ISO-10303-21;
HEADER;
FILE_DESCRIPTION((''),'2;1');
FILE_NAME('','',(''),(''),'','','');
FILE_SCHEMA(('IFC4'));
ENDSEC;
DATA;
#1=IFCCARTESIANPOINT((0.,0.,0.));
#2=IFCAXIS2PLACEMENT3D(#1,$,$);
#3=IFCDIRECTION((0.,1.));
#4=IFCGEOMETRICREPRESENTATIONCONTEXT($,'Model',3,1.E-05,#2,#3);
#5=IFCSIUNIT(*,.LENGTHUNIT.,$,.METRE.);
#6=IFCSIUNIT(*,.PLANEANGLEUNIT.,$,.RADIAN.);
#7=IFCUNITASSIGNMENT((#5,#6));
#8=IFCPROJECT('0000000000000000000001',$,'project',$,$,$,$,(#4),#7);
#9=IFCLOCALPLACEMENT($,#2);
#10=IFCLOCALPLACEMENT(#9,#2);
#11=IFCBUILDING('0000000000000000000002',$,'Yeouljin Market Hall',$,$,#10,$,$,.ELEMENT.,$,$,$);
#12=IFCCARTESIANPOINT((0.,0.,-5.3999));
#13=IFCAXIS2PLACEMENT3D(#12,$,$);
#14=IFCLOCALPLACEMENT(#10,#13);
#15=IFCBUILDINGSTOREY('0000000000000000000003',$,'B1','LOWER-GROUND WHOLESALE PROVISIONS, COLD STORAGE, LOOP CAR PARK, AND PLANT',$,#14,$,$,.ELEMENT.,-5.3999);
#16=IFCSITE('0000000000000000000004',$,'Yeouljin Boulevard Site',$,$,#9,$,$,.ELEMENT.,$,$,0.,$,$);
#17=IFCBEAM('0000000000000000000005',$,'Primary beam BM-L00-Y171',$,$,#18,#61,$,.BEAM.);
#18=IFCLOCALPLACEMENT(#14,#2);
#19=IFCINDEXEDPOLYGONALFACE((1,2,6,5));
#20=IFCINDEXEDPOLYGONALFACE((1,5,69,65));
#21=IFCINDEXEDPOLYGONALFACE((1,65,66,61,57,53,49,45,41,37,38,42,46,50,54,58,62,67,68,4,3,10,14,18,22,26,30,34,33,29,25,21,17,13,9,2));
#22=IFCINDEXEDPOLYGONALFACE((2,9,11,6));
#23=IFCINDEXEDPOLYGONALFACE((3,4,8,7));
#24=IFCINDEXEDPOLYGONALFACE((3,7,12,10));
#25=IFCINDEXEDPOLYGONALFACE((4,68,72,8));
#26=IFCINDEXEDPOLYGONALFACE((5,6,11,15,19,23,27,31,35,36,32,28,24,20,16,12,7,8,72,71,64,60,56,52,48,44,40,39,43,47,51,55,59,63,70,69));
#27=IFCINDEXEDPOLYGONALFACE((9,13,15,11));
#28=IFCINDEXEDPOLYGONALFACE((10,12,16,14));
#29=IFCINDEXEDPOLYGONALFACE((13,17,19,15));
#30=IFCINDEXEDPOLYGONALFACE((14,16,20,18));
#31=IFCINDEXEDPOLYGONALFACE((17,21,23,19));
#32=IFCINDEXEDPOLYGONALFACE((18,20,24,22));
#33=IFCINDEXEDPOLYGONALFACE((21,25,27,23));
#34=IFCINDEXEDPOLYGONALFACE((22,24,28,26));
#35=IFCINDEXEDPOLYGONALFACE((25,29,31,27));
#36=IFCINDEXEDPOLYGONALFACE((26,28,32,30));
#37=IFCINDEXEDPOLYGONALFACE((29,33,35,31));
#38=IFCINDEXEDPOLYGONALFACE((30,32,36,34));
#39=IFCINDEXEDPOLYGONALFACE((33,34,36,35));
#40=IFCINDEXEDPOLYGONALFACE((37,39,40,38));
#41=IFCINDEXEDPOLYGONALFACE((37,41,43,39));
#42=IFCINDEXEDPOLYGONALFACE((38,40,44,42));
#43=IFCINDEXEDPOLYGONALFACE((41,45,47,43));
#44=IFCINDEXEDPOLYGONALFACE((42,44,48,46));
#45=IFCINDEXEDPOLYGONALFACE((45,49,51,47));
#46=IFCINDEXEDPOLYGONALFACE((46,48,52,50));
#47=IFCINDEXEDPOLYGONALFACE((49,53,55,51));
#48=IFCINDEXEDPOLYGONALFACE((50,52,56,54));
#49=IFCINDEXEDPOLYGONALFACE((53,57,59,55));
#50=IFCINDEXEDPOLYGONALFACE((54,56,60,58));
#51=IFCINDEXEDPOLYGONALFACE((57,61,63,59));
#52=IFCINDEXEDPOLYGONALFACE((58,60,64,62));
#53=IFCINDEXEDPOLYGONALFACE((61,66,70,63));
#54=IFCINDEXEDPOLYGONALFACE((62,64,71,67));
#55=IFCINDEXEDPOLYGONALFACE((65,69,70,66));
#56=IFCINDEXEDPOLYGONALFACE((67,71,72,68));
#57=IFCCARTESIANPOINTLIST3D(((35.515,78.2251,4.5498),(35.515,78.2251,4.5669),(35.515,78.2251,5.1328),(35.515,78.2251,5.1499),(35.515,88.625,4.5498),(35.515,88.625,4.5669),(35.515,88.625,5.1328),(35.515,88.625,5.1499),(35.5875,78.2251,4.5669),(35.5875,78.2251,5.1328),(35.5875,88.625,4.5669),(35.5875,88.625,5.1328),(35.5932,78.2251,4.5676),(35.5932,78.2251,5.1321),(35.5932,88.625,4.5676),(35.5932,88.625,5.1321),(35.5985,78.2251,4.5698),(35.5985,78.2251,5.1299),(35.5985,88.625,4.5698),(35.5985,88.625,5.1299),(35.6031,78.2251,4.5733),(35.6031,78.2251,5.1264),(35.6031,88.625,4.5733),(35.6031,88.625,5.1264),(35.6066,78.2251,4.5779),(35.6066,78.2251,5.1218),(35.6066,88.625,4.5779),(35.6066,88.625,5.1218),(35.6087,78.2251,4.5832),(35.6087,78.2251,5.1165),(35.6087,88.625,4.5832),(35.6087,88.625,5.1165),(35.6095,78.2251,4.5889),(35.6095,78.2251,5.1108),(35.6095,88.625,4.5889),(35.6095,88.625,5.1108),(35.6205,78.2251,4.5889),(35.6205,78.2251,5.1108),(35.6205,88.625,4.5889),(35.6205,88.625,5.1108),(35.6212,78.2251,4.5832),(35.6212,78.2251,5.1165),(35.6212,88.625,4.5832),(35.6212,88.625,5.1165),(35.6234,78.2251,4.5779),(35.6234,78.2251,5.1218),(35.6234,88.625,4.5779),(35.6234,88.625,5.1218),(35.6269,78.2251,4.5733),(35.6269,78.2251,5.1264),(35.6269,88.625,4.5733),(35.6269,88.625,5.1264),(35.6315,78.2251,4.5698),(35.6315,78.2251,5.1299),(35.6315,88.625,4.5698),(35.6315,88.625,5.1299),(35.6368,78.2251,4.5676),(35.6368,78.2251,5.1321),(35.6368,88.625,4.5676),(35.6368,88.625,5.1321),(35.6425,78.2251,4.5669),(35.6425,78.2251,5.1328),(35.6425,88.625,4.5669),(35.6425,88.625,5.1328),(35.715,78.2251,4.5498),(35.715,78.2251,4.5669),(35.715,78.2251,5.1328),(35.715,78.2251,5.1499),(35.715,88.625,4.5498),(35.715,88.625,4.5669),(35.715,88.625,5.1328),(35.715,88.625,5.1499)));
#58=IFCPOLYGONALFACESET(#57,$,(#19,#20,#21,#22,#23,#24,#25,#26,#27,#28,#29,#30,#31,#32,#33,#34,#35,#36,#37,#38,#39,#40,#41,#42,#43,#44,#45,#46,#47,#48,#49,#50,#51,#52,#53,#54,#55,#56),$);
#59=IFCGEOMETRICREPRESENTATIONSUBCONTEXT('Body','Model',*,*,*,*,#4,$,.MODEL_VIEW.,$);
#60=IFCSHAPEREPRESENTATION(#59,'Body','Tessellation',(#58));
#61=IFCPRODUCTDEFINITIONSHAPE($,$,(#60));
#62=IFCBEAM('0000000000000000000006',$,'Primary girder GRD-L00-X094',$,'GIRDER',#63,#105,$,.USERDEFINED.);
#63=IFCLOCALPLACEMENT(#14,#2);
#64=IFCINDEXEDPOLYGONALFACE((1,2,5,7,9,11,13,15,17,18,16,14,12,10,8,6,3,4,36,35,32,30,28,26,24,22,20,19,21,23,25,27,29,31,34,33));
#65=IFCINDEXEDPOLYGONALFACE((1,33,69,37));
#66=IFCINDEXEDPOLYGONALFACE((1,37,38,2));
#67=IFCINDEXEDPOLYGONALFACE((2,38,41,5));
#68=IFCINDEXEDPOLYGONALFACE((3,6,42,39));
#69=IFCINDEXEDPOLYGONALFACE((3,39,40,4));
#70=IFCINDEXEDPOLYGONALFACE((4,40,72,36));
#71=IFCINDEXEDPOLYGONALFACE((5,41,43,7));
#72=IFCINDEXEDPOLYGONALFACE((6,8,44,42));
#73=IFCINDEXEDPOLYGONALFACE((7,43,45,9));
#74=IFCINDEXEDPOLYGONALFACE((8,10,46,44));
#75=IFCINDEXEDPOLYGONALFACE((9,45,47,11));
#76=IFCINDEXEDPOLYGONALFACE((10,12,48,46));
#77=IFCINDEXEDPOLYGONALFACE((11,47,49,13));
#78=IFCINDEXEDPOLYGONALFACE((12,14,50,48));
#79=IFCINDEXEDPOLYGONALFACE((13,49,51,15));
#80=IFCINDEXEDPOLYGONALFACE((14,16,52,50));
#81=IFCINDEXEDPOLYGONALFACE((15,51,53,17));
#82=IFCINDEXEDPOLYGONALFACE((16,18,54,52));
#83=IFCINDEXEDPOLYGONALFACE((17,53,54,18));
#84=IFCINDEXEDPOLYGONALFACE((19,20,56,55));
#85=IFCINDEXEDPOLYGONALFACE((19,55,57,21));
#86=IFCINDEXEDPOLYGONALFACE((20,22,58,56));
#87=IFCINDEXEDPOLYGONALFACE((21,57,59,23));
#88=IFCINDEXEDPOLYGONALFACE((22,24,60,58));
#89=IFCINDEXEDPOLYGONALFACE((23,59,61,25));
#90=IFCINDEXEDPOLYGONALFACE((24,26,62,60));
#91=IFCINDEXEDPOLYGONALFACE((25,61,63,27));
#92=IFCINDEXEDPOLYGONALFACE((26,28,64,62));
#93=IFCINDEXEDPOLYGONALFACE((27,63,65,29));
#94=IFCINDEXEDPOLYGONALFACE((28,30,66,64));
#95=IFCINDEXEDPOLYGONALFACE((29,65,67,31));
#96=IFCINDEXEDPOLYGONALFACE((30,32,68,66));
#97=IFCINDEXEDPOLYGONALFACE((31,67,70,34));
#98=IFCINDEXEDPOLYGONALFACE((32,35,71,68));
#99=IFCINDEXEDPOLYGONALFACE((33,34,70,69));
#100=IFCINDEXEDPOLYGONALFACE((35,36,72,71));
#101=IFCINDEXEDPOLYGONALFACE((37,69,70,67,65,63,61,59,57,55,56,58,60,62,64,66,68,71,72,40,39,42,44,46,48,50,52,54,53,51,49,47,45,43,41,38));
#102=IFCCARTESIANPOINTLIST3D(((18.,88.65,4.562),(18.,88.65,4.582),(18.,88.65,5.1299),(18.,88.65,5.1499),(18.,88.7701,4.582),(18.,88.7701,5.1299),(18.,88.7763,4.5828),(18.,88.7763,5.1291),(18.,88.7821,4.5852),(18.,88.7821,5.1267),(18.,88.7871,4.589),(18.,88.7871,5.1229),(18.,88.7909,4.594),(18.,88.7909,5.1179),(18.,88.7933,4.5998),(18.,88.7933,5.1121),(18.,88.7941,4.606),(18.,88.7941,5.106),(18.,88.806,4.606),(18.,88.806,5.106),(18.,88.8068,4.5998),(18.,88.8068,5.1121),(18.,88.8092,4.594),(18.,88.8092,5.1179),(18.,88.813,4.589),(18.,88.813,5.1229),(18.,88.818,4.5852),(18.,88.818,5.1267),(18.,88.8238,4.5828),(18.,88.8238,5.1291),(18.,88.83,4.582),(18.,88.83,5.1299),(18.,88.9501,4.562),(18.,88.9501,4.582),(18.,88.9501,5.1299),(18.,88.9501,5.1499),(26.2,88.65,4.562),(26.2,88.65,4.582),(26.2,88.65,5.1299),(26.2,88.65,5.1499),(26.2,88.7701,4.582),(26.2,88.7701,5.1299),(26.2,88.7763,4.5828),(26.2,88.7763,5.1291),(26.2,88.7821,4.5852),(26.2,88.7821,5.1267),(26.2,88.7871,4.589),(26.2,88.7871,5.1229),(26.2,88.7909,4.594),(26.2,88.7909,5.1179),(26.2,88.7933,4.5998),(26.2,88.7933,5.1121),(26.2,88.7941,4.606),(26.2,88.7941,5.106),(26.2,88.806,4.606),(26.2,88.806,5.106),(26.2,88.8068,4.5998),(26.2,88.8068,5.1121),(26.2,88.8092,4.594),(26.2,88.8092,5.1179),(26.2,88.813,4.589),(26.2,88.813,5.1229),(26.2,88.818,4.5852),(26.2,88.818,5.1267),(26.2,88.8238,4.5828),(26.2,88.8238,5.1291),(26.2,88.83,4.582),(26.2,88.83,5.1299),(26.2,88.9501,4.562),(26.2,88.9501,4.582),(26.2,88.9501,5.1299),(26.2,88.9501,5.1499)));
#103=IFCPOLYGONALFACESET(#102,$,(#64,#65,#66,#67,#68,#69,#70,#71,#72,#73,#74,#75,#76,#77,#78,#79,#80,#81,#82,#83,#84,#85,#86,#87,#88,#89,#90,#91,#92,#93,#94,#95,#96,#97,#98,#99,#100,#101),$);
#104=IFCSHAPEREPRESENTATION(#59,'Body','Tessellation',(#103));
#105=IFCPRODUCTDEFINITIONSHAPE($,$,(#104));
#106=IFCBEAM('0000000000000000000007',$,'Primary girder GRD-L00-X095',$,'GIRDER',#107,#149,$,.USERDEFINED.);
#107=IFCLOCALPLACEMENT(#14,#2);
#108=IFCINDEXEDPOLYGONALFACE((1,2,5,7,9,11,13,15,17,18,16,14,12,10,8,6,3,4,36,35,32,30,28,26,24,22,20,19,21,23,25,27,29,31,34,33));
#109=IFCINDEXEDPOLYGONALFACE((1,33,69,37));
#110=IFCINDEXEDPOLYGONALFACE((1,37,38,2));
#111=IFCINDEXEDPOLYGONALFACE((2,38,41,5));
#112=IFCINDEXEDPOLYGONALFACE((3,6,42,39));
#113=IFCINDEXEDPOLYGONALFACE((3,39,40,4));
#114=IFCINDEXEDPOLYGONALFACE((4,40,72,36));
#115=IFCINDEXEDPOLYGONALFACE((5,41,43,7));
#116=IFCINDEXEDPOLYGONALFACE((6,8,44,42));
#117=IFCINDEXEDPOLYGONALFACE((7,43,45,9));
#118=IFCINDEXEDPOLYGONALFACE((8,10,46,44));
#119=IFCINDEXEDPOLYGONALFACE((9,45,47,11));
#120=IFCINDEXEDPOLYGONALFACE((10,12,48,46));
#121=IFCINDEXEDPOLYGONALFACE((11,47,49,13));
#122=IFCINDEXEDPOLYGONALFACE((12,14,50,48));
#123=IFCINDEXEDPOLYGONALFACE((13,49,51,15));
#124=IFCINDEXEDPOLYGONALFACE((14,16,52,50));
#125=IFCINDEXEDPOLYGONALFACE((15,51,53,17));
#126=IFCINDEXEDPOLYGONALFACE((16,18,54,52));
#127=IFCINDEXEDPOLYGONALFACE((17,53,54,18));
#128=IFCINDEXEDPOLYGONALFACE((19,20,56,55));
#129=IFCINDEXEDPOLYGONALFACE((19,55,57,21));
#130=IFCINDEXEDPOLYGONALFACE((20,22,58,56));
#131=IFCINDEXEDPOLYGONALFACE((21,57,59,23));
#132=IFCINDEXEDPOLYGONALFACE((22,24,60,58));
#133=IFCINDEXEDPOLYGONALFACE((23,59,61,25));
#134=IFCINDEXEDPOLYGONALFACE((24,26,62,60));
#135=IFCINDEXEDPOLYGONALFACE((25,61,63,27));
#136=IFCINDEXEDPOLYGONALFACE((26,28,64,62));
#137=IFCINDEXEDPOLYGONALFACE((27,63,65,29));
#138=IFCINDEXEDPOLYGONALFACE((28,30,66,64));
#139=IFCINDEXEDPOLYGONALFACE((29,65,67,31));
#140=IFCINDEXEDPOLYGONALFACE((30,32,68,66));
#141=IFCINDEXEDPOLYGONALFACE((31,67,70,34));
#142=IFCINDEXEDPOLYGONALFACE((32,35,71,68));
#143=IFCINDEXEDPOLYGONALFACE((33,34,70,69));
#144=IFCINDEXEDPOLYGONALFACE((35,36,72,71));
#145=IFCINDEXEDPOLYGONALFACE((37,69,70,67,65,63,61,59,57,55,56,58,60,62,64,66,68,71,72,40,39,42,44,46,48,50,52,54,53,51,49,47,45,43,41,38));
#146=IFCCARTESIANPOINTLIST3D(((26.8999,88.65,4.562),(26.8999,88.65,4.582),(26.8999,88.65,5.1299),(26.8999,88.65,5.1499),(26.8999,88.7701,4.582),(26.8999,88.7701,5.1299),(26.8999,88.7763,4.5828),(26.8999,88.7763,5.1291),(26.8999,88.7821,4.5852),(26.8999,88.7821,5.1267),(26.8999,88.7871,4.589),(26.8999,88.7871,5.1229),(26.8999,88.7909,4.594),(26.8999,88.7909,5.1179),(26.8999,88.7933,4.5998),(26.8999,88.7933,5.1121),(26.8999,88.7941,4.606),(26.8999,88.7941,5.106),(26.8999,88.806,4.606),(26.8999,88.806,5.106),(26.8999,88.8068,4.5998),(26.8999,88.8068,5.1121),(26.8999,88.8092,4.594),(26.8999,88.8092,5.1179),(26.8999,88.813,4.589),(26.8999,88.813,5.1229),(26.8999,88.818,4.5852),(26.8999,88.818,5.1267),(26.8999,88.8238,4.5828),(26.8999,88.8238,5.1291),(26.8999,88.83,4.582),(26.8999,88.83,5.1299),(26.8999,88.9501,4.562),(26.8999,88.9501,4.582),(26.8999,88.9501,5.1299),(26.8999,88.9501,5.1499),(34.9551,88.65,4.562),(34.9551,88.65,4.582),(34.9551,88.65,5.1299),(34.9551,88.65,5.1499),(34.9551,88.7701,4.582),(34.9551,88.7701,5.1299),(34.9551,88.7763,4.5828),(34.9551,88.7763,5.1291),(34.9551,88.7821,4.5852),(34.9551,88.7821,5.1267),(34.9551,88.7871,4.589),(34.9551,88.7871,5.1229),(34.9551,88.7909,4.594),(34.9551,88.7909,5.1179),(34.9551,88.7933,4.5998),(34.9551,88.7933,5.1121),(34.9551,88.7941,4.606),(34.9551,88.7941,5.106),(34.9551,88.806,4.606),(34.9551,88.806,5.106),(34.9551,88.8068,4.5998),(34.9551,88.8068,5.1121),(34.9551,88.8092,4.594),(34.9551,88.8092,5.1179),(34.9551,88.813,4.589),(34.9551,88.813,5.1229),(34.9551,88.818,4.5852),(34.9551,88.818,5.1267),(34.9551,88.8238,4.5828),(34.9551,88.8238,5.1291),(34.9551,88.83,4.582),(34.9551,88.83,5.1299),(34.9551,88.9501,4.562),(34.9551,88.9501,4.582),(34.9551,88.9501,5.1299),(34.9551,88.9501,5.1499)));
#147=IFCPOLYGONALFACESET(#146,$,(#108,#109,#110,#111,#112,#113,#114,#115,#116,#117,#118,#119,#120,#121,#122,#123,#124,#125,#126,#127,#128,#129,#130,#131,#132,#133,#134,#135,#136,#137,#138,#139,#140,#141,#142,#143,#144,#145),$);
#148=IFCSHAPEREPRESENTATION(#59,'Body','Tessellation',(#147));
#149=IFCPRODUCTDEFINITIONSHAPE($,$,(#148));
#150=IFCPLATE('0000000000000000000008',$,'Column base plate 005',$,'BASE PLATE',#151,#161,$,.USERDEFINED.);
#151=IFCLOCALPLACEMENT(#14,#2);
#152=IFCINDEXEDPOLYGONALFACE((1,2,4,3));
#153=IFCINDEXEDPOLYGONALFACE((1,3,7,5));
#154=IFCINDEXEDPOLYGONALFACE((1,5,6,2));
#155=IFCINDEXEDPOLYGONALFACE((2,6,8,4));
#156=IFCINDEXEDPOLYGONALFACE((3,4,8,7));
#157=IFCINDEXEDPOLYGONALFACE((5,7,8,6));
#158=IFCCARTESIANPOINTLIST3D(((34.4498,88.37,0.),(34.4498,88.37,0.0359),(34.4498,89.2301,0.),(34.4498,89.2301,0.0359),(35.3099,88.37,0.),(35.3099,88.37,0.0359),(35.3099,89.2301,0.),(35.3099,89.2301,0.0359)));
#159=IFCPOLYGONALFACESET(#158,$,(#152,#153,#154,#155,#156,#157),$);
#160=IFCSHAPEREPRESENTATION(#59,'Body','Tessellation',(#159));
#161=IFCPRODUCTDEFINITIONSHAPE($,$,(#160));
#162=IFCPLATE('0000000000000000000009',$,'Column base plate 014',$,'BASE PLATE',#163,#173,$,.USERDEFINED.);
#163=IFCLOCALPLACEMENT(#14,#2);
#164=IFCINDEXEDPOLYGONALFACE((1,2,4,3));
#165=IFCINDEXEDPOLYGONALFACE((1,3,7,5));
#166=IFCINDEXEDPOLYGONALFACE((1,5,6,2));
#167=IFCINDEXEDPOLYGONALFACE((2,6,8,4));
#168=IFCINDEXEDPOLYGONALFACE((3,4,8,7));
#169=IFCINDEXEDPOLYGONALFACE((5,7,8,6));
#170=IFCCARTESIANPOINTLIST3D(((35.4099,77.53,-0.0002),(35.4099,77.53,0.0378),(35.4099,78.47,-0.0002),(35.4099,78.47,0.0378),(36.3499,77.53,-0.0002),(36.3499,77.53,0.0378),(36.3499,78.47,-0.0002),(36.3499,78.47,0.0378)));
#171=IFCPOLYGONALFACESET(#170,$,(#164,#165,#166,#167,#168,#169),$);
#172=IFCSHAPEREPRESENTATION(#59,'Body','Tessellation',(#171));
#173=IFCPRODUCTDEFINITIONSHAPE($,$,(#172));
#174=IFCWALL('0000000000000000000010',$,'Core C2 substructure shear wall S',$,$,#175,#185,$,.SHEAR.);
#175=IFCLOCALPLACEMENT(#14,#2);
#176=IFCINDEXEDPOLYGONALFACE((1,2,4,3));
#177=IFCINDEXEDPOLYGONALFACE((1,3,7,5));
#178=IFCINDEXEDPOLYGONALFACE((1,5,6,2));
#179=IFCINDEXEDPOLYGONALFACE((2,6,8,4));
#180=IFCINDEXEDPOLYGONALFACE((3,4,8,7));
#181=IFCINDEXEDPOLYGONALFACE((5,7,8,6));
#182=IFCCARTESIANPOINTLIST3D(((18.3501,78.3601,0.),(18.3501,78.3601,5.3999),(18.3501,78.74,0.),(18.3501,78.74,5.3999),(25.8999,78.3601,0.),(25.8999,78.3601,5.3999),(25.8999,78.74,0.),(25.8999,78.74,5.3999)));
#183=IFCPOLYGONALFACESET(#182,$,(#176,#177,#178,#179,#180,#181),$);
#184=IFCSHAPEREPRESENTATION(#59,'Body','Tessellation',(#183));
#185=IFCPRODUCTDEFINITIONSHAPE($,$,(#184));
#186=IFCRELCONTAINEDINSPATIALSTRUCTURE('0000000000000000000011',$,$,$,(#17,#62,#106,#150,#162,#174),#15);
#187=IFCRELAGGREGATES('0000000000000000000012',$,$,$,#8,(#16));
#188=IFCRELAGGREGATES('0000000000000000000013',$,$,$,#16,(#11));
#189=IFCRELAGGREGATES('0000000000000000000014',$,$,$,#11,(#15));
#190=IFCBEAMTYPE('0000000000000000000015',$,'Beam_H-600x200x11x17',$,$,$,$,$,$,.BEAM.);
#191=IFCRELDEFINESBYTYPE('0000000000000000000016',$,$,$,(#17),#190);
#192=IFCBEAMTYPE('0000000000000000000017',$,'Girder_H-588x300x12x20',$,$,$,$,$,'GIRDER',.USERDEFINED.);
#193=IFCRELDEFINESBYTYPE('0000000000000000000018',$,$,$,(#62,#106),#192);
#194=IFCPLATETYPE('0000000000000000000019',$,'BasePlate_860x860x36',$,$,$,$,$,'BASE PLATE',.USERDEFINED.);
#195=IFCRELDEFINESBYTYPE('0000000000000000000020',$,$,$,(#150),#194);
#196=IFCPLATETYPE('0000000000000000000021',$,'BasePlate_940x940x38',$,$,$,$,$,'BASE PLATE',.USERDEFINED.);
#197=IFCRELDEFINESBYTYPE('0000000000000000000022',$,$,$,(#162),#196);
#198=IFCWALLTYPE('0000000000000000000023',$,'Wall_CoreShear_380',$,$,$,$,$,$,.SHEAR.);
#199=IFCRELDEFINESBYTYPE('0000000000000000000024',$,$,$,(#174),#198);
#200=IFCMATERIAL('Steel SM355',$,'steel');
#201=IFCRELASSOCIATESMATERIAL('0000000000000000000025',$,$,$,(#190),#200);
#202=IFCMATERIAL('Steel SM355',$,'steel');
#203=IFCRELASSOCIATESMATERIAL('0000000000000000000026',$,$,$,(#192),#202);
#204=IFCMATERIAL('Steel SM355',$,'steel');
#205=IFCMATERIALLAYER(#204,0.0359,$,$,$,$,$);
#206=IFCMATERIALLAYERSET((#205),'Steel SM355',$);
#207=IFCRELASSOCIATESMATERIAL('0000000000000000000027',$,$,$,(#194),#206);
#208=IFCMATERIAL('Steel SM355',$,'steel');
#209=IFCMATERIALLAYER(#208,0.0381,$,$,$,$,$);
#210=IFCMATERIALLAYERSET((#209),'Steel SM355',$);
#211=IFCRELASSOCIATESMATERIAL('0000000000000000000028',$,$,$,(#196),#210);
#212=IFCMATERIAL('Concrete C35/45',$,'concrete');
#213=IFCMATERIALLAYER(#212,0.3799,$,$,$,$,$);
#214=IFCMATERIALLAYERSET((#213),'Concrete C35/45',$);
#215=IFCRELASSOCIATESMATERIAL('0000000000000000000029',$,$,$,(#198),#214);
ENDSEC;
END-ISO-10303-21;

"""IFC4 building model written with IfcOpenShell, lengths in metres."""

from ifc_helpers import new_model, si_unit, direction, frame, frame_2d, origin, origin_2d, place, context, subcontext, project, spatial, rectangle, i_section, extrude, material, layer, layer_set, material_profile, profile_set, type_object, element, save


model = new_model("IFC4")

# Units and contexts
model_context = context("Model", 3, precision=1e-05, world=origin(), true_north=direction((0.0, 1.0)))
body_context = subcontext(model_context, "Body", "Model", "MODEL_VIEW")
ifc_project = project(units=[si_unit("LENGTHUNIT", "METRE"), si_unit("PLANEANGLEUNIT", "RADIAN")], contexts=[model_context])

# Site, building, storey
site_placement = place(None, origin())
site = spatial("IfcSite", under=ifc_project, at=site_placement, Name="Yeouljin Boulevard Site", CompositionType="ELEMENT", RefElevation=0.0)
building_placement = place(site_placement, origin())
building = spatial("IfcBuilding", under=site, at=building_placement, Name="Yeouljin Market Hall", CompositionType="ELEMENT")
storey_placement = place(building_placement, frame((0.0, 0.0, -5.3999)))
storey = spatial("IfcBuildingStorey", under=building, at=storey_placement, Name="B1", Description="LOWER-GROUND WHOLESALE PROVISIONS, COLD STORAGE, LOOP CAR PARK, AND PLANT", CompositionType="ELEMENT", Elevation=-5.3999)

# Beams
ifc_material_1 = material(Name="Steel SM355", Category="steel")
ifc_material_profile_1 = material_profile(ifc_material_1, i_section(OverallWidth=0.2, OverallDepth=0.6001, WebThickness=0.011, FlangeThickness=0.0171, FilletRadius=0.022, at=origin_2d()), Name="H-600x200x11x17")
ifc_profile_set_1 = profile_set([ifc_material_profile_1], Name="Steel SM355")
beam_type_1 = type_object("IfcBeamType", Name="Beam_H-600x200x11x17", PredefinedType="BEAM", material=ifc_profile_set_1)
beam_1_placement = place(storey_placement, frame((35.615, 78.2251, 4.8499), z_axis=(0.0, 1.0, 0.0), x_axis=(-1.0, 0.0, 0.0)))
element("IfcBeam", 1, at=beam_1_placement, inside=storey, type_object=beam_type_1, Name="Primary beam BM-L00-Y171", PredefinedType="BEAM", context=body_context, shape_type="SweptSolid", body=[
    extrude(i_section(OverallWidth=0.2, OverallDepth=0.6001, WebThickness=0.011, FlangeThickness=0.0171, FilletRadius=0.022, at=origin_2d()), origin(), (0.0, 0.0, 1.0), 10.3999),
])
ifc_material_2 = material(Name="Steel SM355", Category="steel")
ifc_material_profile_2 = material_profile(ifc_material_2, i_section(OverallWidth=0.3, OverallDepth=0.5879, WebThickness=0.012, FlangeThickness=0.02, FilletRadius=0.0239, at=origin_2d()), Name="H-588x300x12x20")
ifc_profile_set_2 = profile_set([ifc_material_profile_2], Name="Steel SM355")
beam_type_2 = type_object("IfcBeamType", Name="Girder_H-588x300x12x20", ElementType="GIRDER", PredefinedType="USERDEFINED", material=ifc_profile_set_2)
beam_2_placement = place(storey_placement, frame((18.0, 88.8, 4.856), z_axis=(1.0, 0.0, 0.0), x_axis=(0.0, 1.0, 0.0)))
element("IfcBeam", 2, at=beam_2_placement, inside=storey, type_object=beam_type_2, Name="Primary girder GRD-L00-X094", ObjectType="GIRDER", PredefinedType="USERDEFINED", context=body_context, shape_type="SweptSolid", body=[
    extrude(i_section(OverallWidth=0.3, OverallDepth=0.5879, WebThickness=0.012, FlangeThickness=0.02, FilletRadius=0.0239, at=origin_2d()), origin(), (0.0, 0.0, 1.0), 8.2),
])
beam_3_placement = place(storey_placement, frame((26.8999, 88.8, 4.856), z_axis=(1.0, 0.0, 0.0), x_axis=(0.0, 1.0, 0.0)))
element("IfcBeam", 3, at=beam_3_placement, inside=storey, type_object=beam_type_2, Name="Primary girder GRD-L00-X095", ObjectType="GIRDER", PredefinedType="USERDEFINED", context=body_context, shape_type="SweptSolid", body=[
    extrude(i_section(OverallWidth=0.3, OverallDepth=0.5879, WebThickness=0.012, FlangeThickness=0.02, FilletRadius=0.0239, at=origin_2d()), origin(), (0.0, 0.0, 1.0), 8.0552),
])

# Plates
ifc_material_3 = material(Name="Steel SM355", Category="steel")
ifc_layer_1 = layer(ifc_material_3, 0.0359)
ifc_layer_set_1 = layer_set([ifc_layer_1], Name="Steel SM355")
plate_type_1 = type_object("IfcPlateType", Name="BasePlate_860x860x36", ElementType="BASE PLATE", PredefinedType="USERDEFINED", material=ifc_layer_set_1)
plate_1_placement = place(storey_placement, frame((34.8799, 88.8, 0.0), z_axis=(0.0, 0.0, 1.0), x_axis=(1.0, 0.0, 0.0)))
element("IfcPlate", 4, at=plate_1_placement, inside=storey, type_object=plate_type_1, Name="Column base plate 005", ObjectType="BASE PLATE", PredefinedType="USERDEFINED", context=body_context, shape_type="SweptSolid", body=[
    extrude(rectangle(XDim=0.8601, YDim=0.8601, at=origin_2d()), origin(), (0.0, 0.0, 1.0), 0.0359),
])
ifc_material_4 = material(Name="Steel SM355", Category="steel")
ifc_layer_2 = layer(ifc_material_4, 0.0381)
ifc_layer_set_2 = layer_set([ifc_layer_2], Name="Steel SM355")
plate_type_2 = type_object("IfcPlateType", Name="BasePlate_940x940x38", ElementType="BASE PLATE", PredefinedType="USERDEFINED", material=ifc_layer_set_2)
plate_2_placement = place(storey_placement, frame((35.8799, 78.0, -0.0002), z_axis=(0.0, 0.0, 1.0), x_axis=(1.0, 0.0, 0.0)))
element("IfcPlate", 5, at=plate_2_placement, inside=storey, type_object=plate_type_2, Name="Column base plate 014", ObjectType="BASE PLATE", PredefinedType="USERDEFINED", context=body_context, shape_type="SweptSolid", body=[
    extrude(rectangle(XDim=0.9399, YDim=0.9399, at=origin_2d()), origin(), (0.0, 0.0, 1.0), 0.0381),
])

# Wall
ifc_material_5 = material(Name="Concrete C35/45", Category="concrete")
ifc_layer_3 = layer(ifc_material_5, 0.3799)
ifc_layer_set_3 = layer_set([ifc_layer_3], Name="Concrete C35/45")
wall_type_1 = type_object("IfcWallType", Name="Wall_CoreShear_380", PredefinedType="SHEAR", material=ifc_layer_set_3)
for number, where, z_axis, x_axis, name in (
    (6, (18.3501, 78.55, 0.0), (0.0, 0.0, 1.0), (1.0, 0.0, 0.0), "Core C2 substructure shear wall S"),
):
    element("IfcWall", number, at=place(storey_placement, frame(where, z_axis=z_axis, x_axis=x_axis)), inside=storey, type_object=wall_type_1, Name=name, PredefinedType="SHEAR", context=body_context, shape_type="SweptSolid", body=[
        extrude(rectangle(XDim=7.5498, YDim=0.3799, at=frame_2d((3.7749, 0.0))), origin(), (0.0, 0.0, 1.0), 5.3999),
    ])

save(model, "model.ifc")
